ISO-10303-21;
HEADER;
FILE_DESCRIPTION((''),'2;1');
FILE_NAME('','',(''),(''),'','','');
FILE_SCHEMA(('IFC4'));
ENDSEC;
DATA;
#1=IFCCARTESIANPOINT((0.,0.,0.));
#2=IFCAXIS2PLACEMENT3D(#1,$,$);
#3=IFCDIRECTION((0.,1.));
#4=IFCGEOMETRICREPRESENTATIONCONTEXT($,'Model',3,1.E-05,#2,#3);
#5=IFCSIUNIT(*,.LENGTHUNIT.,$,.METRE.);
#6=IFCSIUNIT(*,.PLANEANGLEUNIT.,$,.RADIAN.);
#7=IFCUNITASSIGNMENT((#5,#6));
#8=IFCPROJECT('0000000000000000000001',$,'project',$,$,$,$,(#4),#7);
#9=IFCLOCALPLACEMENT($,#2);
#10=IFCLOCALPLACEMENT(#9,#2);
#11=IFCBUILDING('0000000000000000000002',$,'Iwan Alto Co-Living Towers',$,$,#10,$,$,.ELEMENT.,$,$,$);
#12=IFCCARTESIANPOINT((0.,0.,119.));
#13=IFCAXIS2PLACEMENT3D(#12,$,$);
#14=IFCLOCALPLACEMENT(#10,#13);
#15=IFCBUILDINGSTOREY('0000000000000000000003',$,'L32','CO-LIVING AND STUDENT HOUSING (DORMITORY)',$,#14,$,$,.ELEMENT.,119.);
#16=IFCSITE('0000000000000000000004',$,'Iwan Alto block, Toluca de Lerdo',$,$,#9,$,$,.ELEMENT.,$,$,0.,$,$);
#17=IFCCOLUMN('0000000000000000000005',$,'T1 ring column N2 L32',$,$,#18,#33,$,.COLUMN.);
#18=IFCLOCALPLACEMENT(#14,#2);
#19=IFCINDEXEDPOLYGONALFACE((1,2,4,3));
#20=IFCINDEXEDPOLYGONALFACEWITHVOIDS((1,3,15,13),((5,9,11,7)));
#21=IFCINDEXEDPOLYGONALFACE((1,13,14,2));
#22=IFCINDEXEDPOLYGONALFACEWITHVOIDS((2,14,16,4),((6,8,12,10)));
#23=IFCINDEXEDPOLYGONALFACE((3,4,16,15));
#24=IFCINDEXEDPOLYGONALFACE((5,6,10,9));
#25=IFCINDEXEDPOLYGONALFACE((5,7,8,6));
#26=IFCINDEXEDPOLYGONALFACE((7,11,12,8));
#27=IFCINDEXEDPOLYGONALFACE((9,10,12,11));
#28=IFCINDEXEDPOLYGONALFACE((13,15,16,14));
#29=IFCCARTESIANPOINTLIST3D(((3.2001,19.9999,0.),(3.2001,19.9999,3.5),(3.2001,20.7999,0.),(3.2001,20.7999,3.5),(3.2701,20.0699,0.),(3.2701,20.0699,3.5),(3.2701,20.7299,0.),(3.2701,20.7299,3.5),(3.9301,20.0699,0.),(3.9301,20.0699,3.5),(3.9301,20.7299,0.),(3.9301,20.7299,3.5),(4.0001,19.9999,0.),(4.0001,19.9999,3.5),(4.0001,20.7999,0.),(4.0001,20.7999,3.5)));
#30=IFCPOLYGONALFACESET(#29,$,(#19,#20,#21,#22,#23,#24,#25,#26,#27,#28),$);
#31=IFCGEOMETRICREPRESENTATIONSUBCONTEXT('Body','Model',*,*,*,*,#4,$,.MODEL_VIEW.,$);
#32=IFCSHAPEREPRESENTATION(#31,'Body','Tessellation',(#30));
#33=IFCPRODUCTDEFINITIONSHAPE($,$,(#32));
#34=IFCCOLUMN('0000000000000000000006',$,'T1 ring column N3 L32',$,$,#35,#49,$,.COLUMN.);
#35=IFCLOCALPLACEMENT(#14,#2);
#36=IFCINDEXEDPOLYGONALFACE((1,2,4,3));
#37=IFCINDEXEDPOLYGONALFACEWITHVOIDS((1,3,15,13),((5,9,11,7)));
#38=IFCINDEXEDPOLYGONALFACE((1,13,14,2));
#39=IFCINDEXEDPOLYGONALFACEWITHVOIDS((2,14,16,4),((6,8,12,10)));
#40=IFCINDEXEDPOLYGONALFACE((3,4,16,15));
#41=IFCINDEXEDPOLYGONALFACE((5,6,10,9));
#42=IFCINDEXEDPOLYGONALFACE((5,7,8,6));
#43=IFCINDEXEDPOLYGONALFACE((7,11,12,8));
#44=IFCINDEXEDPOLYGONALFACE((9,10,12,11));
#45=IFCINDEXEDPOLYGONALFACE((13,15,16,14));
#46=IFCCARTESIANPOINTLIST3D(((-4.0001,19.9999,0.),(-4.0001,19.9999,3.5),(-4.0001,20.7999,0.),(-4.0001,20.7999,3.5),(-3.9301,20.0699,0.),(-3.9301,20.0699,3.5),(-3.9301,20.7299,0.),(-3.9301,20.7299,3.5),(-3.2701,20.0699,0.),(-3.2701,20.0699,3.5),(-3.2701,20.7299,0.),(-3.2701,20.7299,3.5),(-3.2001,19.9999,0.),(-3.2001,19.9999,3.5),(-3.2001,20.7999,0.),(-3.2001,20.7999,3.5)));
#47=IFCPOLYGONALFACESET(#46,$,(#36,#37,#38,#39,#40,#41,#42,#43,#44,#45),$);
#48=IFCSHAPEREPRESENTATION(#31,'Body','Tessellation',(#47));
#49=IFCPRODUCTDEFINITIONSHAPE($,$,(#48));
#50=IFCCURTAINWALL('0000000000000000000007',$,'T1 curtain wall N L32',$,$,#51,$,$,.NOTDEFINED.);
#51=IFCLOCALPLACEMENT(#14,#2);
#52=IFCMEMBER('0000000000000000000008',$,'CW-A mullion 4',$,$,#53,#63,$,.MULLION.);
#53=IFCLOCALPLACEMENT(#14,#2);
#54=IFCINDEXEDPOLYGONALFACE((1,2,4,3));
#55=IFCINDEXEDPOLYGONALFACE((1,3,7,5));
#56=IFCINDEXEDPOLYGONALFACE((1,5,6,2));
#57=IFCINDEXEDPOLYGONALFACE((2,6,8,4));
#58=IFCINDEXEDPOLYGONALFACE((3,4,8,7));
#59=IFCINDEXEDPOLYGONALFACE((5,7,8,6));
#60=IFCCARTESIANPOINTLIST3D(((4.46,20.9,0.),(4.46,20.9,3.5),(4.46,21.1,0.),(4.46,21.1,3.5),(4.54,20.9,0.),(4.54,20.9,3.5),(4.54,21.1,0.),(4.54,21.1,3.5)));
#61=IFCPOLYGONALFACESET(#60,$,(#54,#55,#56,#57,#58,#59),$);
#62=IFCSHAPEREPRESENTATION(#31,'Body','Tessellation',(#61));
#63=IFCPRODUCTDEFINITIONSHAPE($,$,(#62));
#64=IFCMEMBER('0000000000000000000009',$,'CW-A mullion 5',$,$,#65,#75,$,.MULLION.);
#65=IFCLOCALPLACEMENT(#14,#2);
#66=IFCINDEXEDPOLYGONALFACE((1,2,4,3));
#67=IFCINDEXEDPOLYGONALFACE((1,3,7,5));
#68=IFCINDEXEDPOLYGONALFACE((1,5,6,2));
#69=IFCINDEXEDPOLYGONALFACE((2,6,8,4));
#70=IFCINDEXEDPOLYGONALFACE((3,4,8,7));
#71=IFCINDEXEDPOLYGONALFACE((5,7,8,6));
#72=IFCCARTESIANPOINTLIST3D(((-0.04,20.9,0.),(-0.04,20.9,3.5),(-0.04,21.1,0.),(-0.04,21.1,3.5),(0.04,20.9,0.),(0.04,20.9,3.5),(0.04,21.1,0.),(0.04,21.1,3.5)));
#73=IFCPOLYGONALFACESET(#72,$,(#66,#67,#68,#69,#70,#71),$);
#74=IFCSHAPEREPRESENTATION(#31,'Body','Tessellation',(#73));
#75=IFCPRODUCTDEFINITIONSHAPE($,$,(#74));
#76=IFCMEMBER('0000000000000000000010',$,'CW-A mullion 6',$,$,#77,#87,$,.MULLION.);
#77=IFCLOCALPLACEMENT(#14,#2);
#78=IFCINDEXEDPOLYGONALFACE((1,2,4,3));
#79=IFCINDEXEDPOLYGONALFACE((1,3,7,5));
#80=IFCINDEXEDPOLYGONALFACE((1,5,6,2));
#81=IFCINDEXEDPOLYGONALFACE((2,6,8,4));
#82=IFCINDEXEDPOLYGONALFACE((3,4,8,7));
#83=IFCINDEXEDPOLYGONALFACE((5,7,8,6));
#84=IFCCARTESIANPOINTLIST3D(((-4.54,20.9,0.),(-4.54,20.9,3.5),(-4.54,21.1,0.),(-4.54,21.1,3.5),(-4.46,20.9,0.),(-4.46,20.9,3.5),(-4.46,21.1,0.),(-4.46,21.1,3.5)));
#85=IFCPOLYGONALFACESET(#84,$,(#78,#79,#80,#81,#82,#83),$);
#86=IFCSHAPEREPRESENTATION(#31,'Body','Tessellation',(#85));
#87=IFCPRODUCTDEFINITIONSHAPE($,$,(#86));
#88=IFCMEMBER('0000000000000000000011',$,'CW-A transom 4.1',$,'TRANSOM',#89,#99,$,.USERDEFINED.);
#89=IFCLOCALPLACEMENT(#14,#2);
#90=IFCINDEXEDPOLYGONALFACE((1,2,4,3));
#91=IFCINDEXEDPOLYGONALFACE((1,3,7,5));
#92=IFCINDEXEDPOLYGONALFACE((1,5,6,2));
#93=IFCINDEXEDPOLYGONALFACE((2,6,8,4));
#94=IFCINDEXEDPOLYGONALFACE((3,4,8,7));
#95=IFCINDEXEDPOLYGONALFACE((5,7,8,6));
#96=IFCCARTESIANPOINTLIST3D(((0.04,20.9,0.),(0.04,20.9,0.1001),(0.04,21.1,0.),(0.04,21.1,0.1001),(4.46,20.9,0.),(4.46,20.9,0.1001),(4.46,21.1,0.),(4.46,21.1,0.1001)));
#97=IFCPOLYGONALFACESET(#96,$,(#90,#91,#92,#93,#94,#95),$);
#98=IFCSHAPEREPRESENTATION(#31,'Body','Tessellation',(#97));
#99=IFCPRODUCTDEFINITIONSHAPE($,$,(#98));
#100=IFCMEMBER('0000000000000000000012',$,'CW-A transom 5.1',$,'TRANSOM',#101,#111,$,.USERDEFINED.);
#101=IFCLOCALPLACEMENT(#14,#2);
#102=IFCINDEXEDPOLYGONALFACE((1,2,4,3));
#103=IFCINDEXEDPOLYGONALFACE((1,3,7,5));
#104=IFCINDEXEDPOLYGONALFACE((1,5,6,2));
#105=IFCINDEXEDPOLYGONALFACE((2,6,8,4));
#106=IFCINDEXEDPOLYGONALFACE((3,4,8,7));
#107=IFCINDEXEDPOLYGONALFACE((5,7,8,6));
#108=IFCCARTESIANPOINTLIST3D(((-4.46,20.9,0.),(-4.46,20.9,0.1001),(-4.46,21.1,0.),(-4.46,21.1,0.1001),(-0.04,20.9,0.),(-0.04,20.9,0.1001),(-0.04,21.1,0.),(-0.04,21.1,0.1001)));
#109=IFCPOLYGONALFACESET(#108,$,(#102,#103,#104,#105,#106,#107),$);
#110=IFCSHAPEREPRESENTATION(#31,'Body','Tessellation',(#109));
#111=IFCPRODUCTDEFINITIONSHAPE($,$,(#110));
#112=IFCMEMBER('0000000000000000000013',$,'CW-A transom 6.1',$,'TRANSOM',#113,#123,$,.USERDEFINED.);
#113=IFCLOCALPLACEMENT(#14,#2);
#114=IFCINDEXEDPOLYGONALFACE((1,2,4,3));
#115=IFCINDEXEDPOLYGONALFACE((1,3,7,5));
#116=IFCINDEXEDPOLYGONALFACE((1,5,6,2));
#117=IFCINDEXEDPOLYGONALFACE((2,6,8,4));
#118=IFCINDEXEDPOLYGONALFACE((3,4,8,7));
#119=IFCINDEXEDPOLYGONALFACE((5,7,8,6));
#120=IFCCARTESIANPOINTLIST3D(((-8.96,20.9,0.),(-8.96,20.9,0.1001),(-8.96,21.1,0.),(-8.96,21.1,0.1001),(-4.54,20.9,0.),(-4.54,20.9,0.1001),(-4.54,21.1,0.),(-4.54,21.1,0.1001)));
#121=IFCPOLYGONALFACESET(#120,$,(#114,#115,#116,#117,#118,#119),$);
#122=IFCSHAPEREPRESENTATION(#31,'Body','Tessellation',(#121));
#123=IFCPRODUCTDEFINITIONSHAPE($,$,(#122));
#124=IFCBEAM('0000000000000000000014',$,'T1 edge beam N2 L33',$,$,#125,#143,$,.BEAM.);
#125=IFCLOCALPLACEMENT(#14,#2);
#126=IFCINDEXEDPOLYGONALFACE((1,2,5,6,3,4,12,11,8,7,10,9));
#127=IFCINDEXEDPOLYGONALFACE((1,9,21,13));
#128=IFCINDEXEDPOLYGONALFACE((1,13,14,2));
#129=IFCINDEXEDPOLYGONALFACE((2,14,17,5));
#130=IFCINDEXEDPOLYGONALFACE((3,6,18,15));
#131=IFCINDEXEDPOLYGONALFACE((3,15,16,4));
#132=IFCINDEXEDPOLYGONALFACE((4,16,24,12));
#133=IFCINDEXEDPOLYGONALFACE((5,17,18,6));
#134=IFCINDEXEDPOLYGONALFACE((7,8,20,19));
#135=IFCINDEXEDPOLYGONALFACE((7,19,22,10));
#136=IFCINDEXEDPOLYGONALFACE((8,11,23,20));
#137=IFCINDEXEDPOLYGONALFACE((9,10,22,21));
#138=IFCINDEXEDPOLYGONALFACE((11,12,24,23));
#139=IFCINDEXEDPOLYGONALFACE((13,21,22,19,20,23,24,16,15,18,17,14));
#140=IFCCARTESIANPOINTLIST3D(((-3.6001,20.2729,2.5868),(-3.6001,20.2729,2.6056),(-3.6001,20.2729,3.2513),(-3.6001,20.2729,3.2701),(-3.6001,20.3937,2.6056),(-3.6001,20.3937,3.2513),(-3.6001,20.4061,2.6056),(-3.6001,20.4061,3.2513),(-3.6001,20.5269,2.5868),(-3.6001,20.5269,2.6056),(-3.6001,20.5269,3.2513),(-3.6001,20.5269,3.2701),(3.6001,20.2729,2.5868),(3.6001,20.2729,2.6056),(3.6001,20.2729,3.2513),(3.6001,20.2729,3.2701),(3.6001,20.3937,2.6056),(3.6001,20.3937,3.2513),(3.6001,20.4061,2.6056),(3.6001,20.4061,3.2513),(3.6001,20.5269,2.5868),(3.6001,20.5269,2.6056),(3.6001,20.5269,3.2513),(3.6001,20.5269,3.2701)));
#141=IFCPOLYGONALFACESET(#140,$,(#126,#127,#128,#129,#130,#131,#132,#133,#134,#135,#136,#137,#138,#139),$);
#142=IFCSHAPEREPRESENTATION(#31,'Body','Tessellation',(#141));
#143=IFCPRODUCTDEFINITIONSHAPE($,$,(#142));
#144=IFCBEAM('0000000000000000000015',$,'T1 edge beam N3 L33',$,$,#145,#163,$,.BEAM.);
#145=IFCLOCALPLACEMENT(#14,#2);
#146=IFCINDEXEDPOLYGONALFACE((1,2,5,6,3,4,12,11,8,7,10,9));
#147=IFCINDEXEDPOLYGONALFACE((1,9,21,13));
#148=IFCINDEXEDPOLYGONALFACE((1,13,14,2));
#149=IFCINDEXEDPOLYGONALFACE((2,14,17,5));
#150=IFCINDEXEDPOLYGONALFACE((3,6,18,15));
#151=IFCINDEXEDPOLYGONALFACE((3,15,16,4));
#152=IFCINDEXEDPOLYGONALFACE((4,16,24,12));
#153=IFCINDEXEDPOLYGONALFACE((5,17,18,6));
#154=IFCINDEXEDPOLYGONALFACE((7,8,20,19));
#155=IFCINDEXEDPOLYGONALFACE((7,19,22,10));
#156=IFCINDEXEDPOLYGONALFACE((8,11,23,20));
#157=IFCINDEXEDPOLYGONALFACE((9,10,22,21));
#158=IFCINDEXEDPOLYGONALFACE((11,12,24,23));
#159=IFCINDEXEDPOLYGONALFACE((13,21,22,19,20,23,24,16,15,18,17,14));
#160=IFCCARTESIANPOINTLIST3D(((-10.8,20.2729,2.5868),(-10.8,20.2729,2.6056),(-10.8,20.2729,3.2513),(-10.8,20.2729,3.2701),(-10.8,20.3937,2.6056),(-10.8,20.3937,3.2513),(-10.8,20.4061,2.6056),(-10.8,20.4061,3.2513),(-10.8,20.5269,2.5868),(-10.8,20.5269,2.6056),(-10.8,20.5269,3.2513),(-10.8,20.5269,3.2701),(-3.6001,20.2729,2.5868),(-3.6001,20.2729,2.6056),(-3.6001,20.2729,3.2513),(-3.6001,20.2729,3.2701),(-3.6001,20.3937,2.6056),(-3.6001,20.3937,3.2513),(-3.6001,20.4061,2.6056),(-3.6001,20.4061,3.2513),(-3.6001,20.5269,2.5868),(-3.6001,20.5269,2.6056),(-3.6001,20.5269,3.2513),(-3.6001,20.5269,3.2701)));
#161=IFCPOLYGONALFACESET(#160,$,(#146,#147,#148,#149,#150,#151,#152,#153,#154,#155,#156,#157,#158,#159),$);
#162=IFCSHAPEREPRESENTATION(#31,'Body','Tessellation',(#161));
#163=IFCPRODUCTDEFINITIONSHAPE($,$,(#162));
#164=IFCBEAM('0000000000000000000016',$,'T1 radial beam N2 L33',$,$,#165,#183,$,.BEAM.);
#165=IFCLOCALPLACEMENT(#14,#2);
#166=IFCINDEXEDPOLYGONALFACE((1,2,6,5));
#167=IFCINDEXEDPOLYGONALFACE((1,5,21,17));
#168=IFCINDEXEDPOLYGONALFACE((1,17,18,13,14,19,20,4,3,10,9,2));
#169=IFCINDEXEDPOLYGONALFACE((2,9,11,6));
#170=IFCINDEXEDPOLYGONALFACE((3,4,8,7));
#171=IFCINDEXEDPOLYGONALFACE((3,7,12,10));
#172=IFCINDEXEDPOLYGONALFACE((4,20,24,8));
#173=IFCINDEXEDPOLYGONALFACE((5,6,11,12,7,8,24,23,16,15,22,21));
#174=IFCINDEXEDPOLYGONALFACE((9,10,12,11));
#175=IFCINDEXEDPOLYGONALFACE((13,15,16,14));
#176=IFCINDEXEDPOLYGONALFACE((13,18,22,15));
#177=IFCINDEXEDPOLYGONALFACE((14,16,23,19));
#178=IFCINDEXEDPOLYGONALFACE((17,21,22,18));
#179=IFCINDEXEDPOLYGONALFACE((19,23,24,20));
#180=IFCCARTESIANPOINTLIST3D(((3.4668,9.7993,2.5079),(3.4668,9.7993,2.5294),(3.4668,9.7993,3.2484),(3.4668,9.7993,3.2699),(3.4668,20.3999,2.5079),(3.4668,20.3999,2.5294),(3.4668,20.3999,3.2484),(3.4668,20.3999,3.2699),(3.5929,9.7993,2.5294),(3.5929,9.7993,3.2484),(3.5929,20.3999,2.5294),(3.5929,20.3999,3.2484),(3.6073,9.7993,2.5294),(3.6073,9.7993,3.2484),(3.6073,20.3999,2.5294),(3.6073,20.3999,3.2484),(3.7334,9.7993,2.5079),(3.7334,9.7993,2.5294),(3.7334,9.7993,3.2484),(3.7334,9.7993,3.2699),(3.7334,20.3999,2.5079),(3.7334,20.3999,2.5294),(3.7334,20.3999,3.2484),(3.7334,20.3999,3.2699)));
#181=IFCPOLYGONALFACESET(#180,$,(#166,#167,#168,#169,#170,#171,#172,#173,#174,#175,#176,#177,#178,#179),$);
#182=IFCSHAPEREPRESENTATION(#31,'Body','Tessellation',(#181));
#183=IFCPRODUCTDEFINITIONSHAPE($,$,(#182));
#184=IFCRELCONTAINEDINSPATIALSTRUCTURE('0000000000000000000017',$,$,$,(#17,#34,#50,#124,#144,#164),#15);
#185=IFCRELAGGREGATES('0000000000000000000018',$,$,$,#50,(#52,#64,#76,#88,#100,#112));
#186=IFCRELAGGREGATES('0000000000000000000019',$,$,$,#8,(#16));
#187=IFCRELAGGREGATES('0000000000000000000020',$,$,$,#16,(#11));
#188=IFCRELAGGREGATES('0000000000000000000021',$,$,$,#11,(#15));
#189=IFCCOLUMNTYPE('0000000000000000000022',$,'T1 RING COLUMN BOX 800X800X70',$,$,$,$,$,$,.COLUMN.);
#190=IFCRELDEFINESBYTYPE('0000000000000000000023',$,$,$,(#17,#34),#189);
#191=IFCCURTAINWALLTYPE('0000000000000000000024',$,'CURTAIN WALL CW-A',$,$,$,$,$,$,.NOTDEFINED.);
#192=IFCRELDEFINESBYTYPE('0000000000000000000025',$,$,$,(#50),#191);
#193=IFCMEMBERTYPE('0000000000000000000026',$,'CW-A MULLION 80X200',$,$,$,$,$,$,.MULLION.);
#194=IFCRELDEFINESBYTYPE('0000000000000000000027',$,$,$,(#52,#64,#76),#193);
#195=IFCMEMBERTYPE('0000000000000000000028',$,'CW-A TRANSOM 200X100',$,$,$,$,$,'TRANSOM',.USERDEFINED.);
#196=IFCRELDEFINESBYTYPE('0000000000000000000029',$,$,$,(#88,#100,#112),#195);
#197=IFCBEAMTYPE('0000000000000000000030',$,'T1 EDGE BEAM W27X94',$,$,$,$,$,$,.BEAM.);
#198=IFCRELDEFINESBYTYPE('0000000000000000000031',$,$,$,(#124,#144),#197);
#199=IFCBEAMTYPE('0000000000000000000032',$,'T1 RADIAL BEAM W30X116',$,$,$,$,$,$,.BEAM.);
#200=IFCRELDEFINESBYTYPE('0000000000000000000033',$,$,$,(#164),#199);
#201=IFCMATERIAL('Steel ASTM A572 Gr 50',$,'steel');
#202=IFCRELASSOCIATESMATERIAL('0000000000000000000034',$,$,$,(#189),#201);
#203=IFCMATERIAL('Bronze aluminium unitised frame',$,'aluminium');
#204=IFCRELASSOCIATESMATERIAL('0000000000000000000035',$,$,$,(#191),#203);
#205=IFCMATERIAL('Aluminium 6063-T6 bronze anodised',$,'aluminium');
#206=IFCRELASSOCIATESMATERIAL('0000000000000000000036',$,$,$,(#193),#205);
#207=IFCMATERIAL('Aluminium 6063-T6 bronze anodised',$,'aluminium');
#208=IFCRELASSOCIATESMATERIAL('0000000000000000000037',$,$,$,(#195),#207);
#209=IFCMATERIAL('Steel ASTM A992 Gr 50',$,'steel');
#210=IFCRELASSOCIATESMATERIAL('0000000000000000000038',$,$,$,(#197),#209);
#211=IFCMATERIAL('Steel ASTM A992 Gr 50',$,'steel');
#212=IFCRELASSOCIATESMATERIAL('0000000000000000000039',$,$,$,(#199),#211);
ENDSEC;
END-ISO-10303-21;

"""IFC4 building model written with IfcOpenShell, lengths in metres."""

from ifc_helpers import new_model, si_unit, direction, frame, origin, origin_2d, place, context, subcontext, project, spatial, rectangle, hollow_rectangle, i_section, extrude, material, material_profile, profile_set, type_object, element, aggregate, save


model = new_model("IFC4")

# Units and contexts
model_context = context("Model", 3, precision=1e-05, world=origin(), true_north=direction((0.0, 1.0)))
body_context = subcontext(model_context, "Body", "Model", "MODEL_VIEW")
ifc_project = project(units=[si_unit("LENGTHUNIT", "METRE"), si_unit("PLANEANGLEUNIT", "RADIAN")], contexts=[model_context])

# Site, building, storey
site_placement = place(None, origin())
site = spatial("IfcSite", under=ifc_project, at=site_placement, Name="Iwan Alto block, Toluca de Lerdo", CompositionType="ELEMENT", RefElevation=0.0)
building_placement = place(site_placement, origin())
building = spatial("IfcBuilding", under=site, at=building_placement, Name="Iwan Alto Co-Living Towers", CompositionType="ELEMENT")
storey_placement = place(building_placement, frame((0.0, 0.0, 119.0)))
storey = spatial("IfcBuildingStorey", under=building, at=storey_placement, Name="L32", Description="CO-LIVING AND STUDENT HOUSING (DORMITORY)", CompositionType="ELEMENT", Elevation=119.0)

# Columns
ifc_material_1 = material(Name="Steel ASTM A572 Gr 50", Category="steel")
ifc_material_profile_1 = material_profile(ifc_material_1, hollow_rectangle(XDim=0.8, YDim=0.8, WallThickness=0.0701, at=origin_2d()), Name="BOX 800X800X70")
ifc_profile_set_1 = profile_set([ifc_material_profile_1], Name="Steel ASTM A572 Gr 50")
column_type = type_object("IfcColumnType", Name="T1 RING COLUMN BOX 800X800X70", PredefinedType="COLUMN", material=ifc_profile_set_1)
for number, where, z_axis, x_axis, name in (
    (1, (3.6001, 20.3999, 0.0), (0.0, 0.0, 1.0), (1.0, 0.0, 0.0), "T1 ring column N2 L32"),
    (2, (-3.6001, 20.3999, 0.0), (0.0, 0.0, 1.0), (1.0, 0.0, 0.0), "T1 ring column N3 L32"),
):
    element("IfcColumn", number, at=place(storey_placement, frame(where, z_axis=z_axis, x_axis=x_axis)), inside=storey, type_object=column_type, Name=name, PredefinedType="COLUMN", context=body_context, shape_type="SweptSolid", body=[
        extrude(hollow_rectangle(XDim=0.8, YDim=0.8, WallThickness=0.0701, at=origin_2d()), origin(), (0.0, 0.0, 1.0), 3.5),
    ])

# Curtain wall, members
ifc_material_2 = material(Name="Bronze aluminium unitised frame", Category="aluminium")
curtain_wall_type = type_object("IfcCurtainWallType", Name="CURTAIN WALL CW-A", PredefinedType="NOTDEFINED", material=ifc_material_2)
curtain_wall_placement = place(storey_placement, origin())
curtain_wall = element("IfcCurtainWall", 3, at=curtain_wall_placement, inside=storey, type_object=curtain_wall_type, Name="T1 curtain wall N L32", PredefinedType="NOTDEFINED")
ifc_material_3 = material(Name="Aluminium 6063-T6 bronze anodised", Category="aluminium")
ifc_material_profile_2 = material_profile(ifc_material_3, rectangle(XDim=0.2, YDim=0.0801, at=origin_2d()), Name="AL 80X200")
ifc_profile_set_2 = profile_set([ifc_material_profile_2], Name="Aluminium 6063-T6 bronze anodised")
member_type_1 = type_object("IfcMemberType", Name="CW-A MULLION 80X200", PredefinedType="MULLION", material=ifc_profile_set_2)
member_1_placement = place(storey_placement, frame((4.5, 21.0, 0.0), z_axis=(0.0, 0.0, 1.0), x_axis=(0.0, -1.0, 0.0)))
member_1 = element("IfcMember", 4, at=member_1_placement, type_object=member_type_1, Name="CW-A mullion 4", PredefinedType="MULLION", context=body_context, shape_type="SweptSolid", body=[
    extrude(rectangle(XDim=0.2, YDim=0.0801, at=origin_2d()), origin(), (0.0, 0.0, 1.0), 3.5),
])
member_2_placement = place(storey_placement, frame((0.0, 21.0, 0.0), z_axis=(0.0, 0.0, 1.0), x_axis=(0.0, -1.0, 0.0)))
member_2 = element("IfcMember", 5, at=member_2_placement, type_object=member_type_1, Name="CW-A mullion 5", PredefinedType="MULLION", context=body_context, shape_type="SweptSolid", body=[
    extrude(rectangle(XDim=0.2, YDim=0.0801, at=origin_2d()), origin(), (0.0, 0.0, 1.0), 3.5),
])
member_3_placement = place(storey_placement, frame((-4.5, 21.0, 0.0), z_axis=(0.0, 0.0, 1.0), x_axis=(0.0, -1.0, 0.0)))
member_3 = element("IfcMember", 6, at=member_3_placement, type_object=member_type_1, Name="CW-A mullion 6", PredefinedType="MULLION", context=body_context, shape_type="SweptSolid", body=[
    extrude(rectangle(XDim=0.2, YDim=0.0801, at=origin_2d()), origin(), (0.0, 0.0, 1.0), 3.5),
])
ifc_material_4 = material(Name="Aluminium 6063-T6 bronze anodised", Category="aluminium")
ifc_material_profile_3 = material_profile(ifc_material_4, rectangle(XDim=0.2, YDim=0.1001, at=origin_2d()), Name="AL 200X100")
ifc_profile_set_3 = profile_set([ifc_material_profile_3], Name="Aluminium 6063-T6 bronze anodised")
member_type_2 = type_object("IfcMemberType", Name="CW-A TRANSOM 200X100", ElementType="TRANSOM", PredefinedType="USERDEFINED", material=ifc_profile_set_3)
member_4_placement = place(storey_placement, frame((4.46, 21.0, 0.05), z_axis=(-1.0, 0.0, 0.0), x_axis=(0.0, -1.0, 0.0)))
member_4 = element("IfcMember", 7, at=member_4_placement, type_object=member_type_2, Name="CW-A transom 4.1", ObjectType="TRANSOM", PredefinedType="USERDEFINED", context=body_context, shape_type="SweptSolid", body=[
    extrude(rectangle(XDim=0.2, YDim=0.1001, at=origin_2d()), origin(), (0.0, 0.0, 1.0), 4.4199),
])
member_5_placement = place(storey_placement, frame((-0.04, 21.0, 0.05), z_axis=(-1.0, 0.0, 0.0), x_axis=(0.0, -1.0, 0.0)))
member_5 = element("IfcMember", 8, at=member_5_placement, type_object=member_type_2, Name="CW-A transom 5.1", ObjectType="TRANSOM", PredefinedType="USERDEFINED", context=body_context, shape_type="SweptSolid", body=[
    extrude(rectangle(XDim=0.2, YDim=0.1001, at=origin_2d()), origin(), (0.0, 0.0, 1.0), 4.4199),
])
member_6_placement = place(storey_placement, frame((-4.54, 21.0, 0.05), z_axis=(-1.0, 0.0, 0.0), x_axis=(0.0, -1.0, 0.0)))
member_6 = element("IfcMember", 9, at=member_6_placement, type_object=member_type_2, Name="CW-A transom 6.1", ObjectType="TRANSOM", PredefinedType="USERDEFINED", context=body_context, shape_type="SweptSolid", body=[
    extrude(rectangle(XDim=0.2, YDim=0.1001, at=origin_2d()), origin(), (0.0, 0.0, 1.0), 4.4199),
])

# Beams
ifc_material_5 = material(Name="Steel ASTM A992 Gr 50", Category="steel")
ifc_material_profile_4 = material_profile(ifc_material_5, i_section(OverallWidth=0.2539, OverallDepth=0.6833, WebThickness=0.0125, FlangeThickness=0.0188, at=origin_2d()), Name="W27X94")
ifc_profile_set_4 = profile_set([ifc_material_profile_4], Name="Steel ASTM A992 Gr 50")
beam_type_1 = type_object("IfcBeamType", Name="T1 EDGE BEAM W27X94", PredefinedType="BEAM", material=ifc_profile_set_4)
beam_1_placement = place(storey_placement, frame((3.6001, 20.3999, 2.9285), z_axis=(-1.0, 0.0, 0.0), x_axis=(0.0, -1.0, 0.0)))
element("IfcBeam", 10, at=beam_1_placement, inside=storey, type_object=beam_type_1, Name="T1 edge beam N2 L33", PredefinedType="BEAM", context=body_context, shape_type="SweptSolid", body=[
    extrude(i_section(OverallWidth=0.2539, OverallDepth=0.6833, WebThickness=0.0125, FlangeThickness=0.0188, at=origin_2d()), origin(), (0.0, 0.0, 1.0), 7.2002),
])
beam_2_placement = place(storey_placement, frame((-3.6001, 20.3999, 2.9285), z_axis=(-1.0, 0.0, 0.0), x_axis=(0.0, -1.0, 0.0)))
element("IfcBeam", 11, at=beam_2_placement, inside=storey, type_object=beam_type_1, Name="T1 edge beam N3 L33", PredefinedType="BEAM", context=body_context, shape_type="SweptSolid", body=[
    extrude(i_section(OverallWidth=0.2539, OverallDepth=0.6833, WebThickness=0.0125, FlangeThickness=0.0188, at=origin_2d()), origin(), (0.0, 0.0, 1.0), 7.2),
])
ifc_material_6 = material(Name="Steel ASTM A992 Gr 50", Category="steel")
ifc_material_profile_5 = material_profile(ifc_material_6, i_section(OverallWidth=0.2666, OverallDepth=0.762, WebThickness=0.0144, FlangeThickness=0.0215, at=origin_2d()), Name="W30X116")
ifc_profile_set_5 = profile_set([ifc_material_profile_5], Name="Steel ASTM A992 Gr 50")
beam_type_2 = type_object("IfcBeamType", Name="T1 RADIAL BEAM W30X116", PredefinedType="BEAM", material=ifc_profile_set_5)
for number, where, z_axis, x_axis, name in (
    (12, (3.6001, 20.3999, 2.8889), (0.0, -1.0, 0.0), (1.0, 0.0, 0.0), "T1 radial beam N2 L33"),
):
    element("IfcBeam", number, at=place(storey_placement, frame(where, z_axis=z_axis, x_axis=x_axis)), inside=storey, type_object=beam_type_2, Name=name, PredefinedType="BEAM", context=body_context, shape_type="SweptSolid", body=[
        extrude(i_section(OverallWidth=0.2666, OverallDepth=0.762, WebThickness=0.0144, FlangeThickness=0.0215, at=origin_2d()), origin(), (0.0, 0.0, 1.0), 10.6006),
    ])

aggregate(curtain_wall, [member_1, member_2, member_3, member_4, member_5, member_6])

save(model, "model.ifc")
